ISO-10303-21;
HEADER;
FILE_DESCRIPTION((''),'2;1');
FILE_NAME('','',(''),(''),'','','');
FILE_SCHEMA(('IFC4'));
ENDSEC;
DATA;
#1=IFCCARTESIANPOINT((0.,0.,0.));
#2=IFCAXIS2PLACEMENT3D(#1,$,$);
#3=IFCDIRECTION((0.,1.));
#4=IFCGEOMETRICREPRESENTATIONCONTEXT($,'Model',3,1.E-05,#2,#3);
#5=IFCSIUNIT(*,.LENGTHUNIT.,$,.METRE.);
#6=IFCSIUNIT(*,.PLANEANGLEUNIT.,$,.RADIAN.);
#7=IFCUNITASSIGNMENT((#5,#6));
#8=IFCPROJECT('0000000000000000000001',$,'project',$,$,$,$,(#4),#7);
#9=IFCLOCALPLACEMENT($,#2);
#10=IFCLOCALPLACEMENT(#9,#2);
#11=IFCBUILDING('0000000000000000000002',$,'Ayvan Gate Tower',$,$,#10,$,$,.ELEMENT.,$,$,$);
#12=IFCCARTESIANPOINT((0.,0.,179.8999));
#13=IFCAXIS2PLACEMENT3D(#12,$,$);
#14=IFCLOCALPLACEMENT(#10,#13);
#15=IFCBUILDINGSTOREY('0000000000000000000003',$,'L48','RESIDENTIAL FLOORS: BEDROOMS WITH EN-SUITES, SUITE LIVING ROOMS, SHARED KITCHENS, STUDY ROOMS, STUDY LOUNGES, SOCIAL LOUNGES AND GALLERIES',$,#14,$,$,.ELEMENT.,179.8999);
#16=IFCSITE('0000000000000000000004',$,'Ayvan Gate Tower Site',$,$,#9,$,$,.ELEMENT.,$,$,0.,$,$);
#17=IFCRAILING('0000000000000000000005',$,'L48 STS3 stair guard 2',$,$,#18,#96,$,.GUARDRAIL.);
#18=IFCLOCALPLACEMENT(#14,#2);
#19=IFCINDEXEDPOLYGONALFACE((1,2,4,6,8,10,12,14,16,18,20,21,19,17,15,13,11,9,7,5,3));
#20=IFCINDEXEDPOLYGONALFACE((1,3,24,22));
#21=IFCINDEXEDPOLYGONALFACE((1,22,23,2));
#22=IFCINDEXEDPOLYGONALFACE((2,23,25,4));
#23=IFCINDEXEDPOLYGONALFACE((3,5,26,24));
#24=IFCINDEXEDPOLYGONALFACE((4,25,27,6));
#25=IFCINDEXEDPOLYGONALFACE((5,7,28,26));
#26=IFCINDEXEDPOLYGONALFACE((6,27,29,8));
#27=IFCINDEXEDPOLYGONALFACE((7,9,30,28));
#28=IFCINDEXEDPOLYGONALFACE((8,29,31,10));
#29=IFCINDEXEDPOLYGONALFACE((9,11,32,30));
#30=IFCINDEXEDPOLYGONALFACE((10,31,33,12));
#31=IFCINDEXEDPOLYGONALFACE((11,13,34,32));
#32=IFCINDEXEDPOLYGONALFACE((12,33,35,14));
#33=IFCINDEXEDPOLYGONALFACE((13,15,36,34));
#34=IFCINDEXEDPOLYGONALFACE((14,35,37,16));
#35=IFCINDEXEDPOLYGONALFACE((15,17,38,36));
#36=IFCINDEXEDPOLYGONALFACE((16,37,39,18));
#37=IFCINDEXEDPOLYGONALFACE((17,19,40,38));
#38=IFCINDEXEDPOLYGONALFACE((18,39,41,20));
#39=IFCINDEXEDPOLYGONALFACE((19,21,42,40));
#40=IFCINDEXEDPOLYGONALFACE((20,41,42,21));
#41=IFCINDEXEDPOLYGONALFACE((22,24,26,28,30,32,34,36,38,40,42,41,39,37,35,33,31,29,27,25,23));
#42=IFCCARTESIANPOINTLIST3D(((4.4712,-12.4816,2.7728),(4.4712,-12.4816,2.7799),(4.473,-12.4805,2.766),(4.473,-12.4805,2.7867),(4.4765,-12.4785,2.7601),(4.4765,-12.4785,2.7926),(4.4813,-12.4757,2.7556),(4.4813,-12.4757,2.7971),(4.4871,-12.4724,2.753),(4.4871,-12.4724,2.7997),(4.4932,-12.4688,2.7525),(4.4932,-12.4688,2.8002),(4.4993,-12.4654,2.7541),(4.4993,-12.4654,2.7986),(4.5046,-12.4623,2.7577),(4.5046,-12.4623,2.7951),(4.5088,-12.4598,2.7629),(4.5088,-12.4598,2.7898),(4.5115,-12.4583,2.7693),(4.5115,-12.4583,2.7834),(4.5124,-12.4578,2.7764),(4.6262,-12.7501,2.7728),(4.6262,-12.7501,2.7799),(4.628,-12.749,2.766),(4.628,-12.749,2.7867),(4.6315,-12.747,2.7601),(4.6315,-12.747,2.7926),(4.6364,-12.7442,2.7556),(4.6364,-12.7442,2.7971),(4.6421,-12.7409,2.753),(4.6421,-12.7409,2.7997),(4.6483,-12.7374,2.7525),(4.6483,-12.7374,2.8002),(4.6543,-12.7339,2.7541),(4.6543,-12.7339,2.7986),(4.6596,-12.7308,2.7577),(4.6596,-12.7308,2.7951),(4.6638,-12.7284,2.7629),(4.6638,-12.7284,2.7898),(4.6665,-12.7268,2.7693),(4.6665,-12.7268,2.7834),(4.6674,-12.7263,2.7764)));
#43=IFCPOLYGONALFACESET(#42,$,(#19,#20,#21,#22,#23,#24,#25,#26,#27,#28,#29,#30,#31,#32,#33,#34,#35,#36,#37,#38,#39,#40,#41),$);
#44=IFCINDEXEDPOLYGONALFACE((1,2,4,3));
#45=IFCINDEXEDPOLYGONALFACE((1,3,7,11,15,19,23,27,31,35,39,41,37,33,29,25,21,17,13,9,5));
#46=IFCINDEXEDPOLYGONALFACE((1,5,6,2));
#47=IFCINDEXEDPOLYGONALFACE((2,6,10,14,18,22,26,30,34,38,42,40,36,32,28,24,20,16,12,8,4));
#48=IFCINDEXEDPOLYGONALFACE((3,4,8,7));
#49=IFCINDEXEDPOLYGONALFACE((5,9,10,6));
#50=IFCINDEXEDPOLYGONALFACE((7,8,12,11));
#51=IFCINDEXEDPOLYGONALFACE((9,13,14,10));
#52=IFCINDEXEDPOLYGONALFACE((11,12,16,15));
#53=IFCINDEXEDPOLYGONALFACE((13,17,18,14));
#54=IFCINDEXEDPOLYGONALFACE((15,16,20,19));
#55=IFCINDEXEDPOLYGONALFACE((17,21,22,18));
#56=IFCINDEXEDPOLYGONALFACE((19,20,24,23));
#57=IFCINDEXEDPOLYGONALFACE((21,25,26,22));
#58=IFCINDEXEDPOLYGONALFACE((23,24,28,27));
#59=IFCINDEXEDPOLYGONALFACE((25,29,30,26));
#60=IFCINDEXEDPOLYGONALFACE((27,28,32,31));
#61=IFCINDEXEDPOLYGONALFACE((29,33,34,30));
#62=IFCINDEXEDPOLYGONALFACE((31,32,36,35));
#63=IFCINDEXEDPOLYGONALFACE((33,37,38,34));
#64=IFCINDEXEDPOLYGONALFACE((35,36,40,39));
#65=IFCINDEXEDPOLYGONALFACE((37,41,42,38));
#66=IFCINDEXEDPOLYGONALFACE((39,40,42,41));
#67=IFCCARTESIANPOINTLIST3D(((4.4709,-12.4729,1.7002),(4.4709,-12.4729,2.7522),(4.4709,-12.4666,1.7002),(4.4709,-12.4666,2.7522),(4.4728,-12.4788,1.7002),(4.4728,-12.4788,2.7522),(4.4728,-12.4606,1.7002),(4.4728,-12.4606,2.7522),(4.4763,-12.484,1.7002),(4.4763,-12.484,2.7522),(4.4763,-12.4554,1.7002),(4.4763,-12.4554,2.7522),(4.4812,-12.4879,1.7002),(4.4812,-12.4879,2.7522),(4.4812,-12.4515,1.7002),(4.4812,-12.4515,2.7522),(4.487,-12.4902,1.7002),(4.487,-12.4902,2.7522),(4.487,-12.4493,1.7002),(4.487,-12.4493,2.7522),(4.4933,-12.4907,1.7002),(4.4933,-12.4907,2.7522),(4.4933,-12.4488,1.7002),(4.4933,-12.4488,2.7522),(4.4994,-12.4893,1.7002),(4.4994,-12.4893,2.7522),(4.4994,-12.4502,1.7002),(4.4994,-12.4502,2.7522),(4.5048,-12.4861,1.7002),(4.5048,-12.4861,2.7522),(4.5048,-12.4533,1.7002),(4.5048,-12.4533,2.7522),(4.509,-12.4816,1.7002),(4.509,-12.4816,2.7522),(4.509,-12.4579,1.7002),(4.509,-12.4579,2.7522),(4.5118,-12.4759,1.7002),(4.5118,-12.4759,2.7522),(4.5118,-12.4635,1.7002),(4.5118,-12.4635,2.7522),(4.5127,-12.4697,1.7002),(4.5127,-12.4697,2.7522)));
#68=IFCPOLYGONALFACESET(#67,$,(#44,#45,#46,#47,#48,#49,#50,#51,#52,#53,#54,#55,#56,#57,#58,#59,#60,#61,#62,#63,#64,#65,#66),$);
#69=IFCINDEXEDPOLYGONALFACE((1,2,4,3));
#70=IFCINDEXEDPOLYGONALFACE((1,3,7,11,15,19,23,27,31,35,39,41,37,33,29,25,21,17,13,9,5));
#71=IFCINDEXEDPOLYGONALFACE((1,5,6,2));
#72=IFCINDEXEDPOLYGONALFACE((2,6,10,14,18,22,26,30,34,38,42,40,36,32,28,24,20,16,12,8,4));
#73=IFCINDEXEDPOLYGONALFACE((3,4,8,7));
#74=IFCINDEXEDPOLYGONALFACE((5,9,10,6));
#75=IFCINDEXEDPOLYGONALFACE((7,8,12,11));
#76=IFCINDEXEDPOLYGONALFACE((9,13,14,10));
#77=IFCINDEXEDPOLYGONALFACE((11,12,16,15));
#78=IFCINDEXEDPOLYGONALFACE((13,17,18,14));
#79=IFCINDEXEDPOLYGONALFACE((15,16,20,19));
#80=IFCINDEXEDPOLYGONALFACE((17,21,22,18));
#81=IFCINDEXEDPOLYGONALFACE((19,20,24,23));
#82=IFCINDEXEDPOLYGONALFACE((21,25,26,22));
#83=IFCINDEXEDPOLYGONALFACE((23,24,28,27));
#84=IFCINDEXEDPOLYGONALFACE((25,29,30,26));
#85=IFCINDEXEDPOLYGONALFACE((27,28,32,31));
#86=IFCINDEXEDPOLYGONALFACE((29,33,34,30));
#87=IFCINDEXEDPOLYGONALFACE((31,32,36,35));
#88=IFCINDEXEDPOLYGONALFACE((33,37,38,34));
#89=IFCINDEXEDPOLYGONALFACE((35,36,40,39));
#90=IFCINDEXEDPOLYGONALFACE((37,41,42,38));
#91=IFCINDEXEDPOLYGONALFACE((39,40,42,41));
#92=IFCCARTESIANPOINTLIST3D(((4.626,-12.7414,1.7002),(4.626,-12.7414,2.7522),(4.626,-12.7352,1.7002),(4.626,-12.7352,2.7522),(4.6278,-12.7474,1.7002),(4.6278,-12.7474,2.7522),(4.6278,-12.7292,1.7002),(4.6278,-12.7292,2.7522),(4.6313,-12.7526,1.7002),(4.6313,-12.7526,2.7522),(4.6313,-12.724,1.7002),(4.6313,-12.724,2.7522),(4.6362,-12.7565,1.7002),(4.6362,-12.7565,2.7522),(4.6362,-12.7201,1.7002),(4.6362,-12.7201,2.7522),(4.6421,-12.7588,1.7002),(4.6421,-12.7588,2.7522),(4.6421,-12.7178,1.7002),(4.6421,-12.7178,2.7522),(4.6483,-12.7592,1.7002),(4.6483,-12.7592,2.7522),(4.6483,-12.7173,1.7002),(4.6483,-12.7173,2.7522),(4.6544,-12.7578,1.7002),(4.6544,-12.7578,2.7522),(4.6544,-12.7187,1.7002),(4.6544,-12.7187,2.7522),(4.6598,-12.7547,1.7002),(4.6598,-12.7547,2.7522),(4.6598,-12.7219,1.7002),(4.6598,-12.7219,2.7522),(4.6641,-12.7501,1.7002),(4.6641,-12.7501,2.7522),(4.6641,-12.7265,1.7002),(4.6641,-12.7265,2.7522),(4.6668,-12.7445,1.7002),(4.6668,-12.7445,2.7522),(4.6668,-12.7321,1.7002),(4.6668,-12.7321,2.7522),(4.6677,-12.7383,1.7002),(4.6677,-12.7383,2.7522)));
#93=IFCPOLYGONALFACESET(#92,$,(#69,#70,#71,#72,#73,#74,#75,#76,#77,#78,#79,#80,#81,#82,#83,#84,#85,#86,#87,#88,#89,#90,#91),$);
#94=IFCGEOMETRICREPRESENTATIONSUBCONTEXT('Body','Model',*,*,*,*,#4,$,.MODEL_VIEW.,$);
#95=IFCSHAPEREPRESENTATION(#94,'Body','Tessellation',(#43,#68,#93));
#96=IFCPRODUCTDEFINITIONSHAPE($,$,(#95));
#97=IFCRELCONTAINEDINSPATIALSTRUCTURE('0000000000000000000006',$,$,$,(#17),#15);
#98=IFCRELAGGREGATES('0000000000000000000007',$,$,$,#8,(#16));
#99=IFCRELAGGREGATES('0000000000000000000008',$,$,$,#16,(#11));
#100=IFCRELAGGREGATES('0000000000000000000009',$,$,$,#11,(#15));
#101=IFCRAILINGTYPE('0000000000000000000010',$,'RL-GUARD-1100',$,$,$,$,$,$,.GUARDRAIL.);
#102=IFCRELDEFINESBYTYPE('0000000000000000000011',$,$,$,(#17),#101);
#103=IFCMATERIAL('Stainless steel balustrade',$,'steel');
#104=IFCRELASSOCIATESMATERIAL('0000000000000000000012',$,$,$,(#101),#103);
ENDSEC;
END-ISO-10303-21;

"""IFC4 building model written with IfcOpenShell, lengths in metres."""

from ifc_helpers import new_model, si_unit, direction, frame, origin, origin_2d, place, context, subcontext, project, spatial, circle, extrude, material, type_object, element, save


model = new_model("IFC4")

# Units and contexts
model_context = context("Model", 3, precision=1e-05, world=origin(), true_north=direction((0.0, 1.0)))
body_context = subcontext(model_context, "Body", "Model", "MODEL_VIEW")
ifc_project = project(units=[si_unit("LENGTHUNIT", "METRE"), si_unit("PLANEANGLEUNIT", "RADIAN")], contexts=[model_context])

# Site, building, storey
site_placement = place(None, origin())
site = spatial("IfcSite", under=ifc_project, at=site_placement, Name="Ayvan Gate Tower Site", CompositionType="ELEMENT", RefElevation=0.0)
building_placement = place(site_placement, origin())
building = spatial("IfcBuilding", under=site, at=building_placement, Name="Ayvan Gate Tower", CompositionType="ELEMENT")
storey_placement = place(building_placement, frame((0.0, 0.0, 179.8999)))
storey = spatial("IfcBuildingStorey", under=building, at=storey_placement, Name="L48", Description="RESIDENTIAL FLOORS: BEDROOMS WITH EN-SUITES, SUITE LIVING ROOMS, SHARED KITCHENS, STUDY ROOMS, STUDY LOUNGES, SOCIAL LOUNGES AND GALLERIES", CompositionType="ELEMENT", Elevation=179.8999)

# Railing
ifc_material_1 = material(Name="Stainless steel balustrade", Category="steel")
railing_type_1 = type_object("IfcRailingType", Name="RL-GUARD-1100", PredefinedType="GUARDRAIL", material=ifc_material_1)
railing_1_placement = place(storey_placement, frame((4.4917, -12.4697, 1.7002)))
element("IfcRailing", 1, at=railing_1_placement, inside=storey, type_object=railing_type_1, Name="L48 STS3 stair guard 2", PredefinedType="GUARDRAIL", context=body_context, shape_type="SweptSolid", body=[
    extrude(circle(Radius=0.0239, at=origin_2d()), frame((0.0, 0.0, 1.0762), z_axis=(0.49995, -0.866054, 0.0), x_axis=(0.866054, 0.49995, 0.0)), (0.0, 0.0, 1.0), 0.3101),
    extrude(circle(Radius=0.021, at=origin_2d()), origin(), (0.0, 0.0, 1.0), 1.052),
    extrude(circle(Radius=0.021, at=origin_2d()), frame((0.155, -0.2686, 0.0)), (0.0, 0.0, 1.0), 1.052),
])

save(model, "model.ifc")
